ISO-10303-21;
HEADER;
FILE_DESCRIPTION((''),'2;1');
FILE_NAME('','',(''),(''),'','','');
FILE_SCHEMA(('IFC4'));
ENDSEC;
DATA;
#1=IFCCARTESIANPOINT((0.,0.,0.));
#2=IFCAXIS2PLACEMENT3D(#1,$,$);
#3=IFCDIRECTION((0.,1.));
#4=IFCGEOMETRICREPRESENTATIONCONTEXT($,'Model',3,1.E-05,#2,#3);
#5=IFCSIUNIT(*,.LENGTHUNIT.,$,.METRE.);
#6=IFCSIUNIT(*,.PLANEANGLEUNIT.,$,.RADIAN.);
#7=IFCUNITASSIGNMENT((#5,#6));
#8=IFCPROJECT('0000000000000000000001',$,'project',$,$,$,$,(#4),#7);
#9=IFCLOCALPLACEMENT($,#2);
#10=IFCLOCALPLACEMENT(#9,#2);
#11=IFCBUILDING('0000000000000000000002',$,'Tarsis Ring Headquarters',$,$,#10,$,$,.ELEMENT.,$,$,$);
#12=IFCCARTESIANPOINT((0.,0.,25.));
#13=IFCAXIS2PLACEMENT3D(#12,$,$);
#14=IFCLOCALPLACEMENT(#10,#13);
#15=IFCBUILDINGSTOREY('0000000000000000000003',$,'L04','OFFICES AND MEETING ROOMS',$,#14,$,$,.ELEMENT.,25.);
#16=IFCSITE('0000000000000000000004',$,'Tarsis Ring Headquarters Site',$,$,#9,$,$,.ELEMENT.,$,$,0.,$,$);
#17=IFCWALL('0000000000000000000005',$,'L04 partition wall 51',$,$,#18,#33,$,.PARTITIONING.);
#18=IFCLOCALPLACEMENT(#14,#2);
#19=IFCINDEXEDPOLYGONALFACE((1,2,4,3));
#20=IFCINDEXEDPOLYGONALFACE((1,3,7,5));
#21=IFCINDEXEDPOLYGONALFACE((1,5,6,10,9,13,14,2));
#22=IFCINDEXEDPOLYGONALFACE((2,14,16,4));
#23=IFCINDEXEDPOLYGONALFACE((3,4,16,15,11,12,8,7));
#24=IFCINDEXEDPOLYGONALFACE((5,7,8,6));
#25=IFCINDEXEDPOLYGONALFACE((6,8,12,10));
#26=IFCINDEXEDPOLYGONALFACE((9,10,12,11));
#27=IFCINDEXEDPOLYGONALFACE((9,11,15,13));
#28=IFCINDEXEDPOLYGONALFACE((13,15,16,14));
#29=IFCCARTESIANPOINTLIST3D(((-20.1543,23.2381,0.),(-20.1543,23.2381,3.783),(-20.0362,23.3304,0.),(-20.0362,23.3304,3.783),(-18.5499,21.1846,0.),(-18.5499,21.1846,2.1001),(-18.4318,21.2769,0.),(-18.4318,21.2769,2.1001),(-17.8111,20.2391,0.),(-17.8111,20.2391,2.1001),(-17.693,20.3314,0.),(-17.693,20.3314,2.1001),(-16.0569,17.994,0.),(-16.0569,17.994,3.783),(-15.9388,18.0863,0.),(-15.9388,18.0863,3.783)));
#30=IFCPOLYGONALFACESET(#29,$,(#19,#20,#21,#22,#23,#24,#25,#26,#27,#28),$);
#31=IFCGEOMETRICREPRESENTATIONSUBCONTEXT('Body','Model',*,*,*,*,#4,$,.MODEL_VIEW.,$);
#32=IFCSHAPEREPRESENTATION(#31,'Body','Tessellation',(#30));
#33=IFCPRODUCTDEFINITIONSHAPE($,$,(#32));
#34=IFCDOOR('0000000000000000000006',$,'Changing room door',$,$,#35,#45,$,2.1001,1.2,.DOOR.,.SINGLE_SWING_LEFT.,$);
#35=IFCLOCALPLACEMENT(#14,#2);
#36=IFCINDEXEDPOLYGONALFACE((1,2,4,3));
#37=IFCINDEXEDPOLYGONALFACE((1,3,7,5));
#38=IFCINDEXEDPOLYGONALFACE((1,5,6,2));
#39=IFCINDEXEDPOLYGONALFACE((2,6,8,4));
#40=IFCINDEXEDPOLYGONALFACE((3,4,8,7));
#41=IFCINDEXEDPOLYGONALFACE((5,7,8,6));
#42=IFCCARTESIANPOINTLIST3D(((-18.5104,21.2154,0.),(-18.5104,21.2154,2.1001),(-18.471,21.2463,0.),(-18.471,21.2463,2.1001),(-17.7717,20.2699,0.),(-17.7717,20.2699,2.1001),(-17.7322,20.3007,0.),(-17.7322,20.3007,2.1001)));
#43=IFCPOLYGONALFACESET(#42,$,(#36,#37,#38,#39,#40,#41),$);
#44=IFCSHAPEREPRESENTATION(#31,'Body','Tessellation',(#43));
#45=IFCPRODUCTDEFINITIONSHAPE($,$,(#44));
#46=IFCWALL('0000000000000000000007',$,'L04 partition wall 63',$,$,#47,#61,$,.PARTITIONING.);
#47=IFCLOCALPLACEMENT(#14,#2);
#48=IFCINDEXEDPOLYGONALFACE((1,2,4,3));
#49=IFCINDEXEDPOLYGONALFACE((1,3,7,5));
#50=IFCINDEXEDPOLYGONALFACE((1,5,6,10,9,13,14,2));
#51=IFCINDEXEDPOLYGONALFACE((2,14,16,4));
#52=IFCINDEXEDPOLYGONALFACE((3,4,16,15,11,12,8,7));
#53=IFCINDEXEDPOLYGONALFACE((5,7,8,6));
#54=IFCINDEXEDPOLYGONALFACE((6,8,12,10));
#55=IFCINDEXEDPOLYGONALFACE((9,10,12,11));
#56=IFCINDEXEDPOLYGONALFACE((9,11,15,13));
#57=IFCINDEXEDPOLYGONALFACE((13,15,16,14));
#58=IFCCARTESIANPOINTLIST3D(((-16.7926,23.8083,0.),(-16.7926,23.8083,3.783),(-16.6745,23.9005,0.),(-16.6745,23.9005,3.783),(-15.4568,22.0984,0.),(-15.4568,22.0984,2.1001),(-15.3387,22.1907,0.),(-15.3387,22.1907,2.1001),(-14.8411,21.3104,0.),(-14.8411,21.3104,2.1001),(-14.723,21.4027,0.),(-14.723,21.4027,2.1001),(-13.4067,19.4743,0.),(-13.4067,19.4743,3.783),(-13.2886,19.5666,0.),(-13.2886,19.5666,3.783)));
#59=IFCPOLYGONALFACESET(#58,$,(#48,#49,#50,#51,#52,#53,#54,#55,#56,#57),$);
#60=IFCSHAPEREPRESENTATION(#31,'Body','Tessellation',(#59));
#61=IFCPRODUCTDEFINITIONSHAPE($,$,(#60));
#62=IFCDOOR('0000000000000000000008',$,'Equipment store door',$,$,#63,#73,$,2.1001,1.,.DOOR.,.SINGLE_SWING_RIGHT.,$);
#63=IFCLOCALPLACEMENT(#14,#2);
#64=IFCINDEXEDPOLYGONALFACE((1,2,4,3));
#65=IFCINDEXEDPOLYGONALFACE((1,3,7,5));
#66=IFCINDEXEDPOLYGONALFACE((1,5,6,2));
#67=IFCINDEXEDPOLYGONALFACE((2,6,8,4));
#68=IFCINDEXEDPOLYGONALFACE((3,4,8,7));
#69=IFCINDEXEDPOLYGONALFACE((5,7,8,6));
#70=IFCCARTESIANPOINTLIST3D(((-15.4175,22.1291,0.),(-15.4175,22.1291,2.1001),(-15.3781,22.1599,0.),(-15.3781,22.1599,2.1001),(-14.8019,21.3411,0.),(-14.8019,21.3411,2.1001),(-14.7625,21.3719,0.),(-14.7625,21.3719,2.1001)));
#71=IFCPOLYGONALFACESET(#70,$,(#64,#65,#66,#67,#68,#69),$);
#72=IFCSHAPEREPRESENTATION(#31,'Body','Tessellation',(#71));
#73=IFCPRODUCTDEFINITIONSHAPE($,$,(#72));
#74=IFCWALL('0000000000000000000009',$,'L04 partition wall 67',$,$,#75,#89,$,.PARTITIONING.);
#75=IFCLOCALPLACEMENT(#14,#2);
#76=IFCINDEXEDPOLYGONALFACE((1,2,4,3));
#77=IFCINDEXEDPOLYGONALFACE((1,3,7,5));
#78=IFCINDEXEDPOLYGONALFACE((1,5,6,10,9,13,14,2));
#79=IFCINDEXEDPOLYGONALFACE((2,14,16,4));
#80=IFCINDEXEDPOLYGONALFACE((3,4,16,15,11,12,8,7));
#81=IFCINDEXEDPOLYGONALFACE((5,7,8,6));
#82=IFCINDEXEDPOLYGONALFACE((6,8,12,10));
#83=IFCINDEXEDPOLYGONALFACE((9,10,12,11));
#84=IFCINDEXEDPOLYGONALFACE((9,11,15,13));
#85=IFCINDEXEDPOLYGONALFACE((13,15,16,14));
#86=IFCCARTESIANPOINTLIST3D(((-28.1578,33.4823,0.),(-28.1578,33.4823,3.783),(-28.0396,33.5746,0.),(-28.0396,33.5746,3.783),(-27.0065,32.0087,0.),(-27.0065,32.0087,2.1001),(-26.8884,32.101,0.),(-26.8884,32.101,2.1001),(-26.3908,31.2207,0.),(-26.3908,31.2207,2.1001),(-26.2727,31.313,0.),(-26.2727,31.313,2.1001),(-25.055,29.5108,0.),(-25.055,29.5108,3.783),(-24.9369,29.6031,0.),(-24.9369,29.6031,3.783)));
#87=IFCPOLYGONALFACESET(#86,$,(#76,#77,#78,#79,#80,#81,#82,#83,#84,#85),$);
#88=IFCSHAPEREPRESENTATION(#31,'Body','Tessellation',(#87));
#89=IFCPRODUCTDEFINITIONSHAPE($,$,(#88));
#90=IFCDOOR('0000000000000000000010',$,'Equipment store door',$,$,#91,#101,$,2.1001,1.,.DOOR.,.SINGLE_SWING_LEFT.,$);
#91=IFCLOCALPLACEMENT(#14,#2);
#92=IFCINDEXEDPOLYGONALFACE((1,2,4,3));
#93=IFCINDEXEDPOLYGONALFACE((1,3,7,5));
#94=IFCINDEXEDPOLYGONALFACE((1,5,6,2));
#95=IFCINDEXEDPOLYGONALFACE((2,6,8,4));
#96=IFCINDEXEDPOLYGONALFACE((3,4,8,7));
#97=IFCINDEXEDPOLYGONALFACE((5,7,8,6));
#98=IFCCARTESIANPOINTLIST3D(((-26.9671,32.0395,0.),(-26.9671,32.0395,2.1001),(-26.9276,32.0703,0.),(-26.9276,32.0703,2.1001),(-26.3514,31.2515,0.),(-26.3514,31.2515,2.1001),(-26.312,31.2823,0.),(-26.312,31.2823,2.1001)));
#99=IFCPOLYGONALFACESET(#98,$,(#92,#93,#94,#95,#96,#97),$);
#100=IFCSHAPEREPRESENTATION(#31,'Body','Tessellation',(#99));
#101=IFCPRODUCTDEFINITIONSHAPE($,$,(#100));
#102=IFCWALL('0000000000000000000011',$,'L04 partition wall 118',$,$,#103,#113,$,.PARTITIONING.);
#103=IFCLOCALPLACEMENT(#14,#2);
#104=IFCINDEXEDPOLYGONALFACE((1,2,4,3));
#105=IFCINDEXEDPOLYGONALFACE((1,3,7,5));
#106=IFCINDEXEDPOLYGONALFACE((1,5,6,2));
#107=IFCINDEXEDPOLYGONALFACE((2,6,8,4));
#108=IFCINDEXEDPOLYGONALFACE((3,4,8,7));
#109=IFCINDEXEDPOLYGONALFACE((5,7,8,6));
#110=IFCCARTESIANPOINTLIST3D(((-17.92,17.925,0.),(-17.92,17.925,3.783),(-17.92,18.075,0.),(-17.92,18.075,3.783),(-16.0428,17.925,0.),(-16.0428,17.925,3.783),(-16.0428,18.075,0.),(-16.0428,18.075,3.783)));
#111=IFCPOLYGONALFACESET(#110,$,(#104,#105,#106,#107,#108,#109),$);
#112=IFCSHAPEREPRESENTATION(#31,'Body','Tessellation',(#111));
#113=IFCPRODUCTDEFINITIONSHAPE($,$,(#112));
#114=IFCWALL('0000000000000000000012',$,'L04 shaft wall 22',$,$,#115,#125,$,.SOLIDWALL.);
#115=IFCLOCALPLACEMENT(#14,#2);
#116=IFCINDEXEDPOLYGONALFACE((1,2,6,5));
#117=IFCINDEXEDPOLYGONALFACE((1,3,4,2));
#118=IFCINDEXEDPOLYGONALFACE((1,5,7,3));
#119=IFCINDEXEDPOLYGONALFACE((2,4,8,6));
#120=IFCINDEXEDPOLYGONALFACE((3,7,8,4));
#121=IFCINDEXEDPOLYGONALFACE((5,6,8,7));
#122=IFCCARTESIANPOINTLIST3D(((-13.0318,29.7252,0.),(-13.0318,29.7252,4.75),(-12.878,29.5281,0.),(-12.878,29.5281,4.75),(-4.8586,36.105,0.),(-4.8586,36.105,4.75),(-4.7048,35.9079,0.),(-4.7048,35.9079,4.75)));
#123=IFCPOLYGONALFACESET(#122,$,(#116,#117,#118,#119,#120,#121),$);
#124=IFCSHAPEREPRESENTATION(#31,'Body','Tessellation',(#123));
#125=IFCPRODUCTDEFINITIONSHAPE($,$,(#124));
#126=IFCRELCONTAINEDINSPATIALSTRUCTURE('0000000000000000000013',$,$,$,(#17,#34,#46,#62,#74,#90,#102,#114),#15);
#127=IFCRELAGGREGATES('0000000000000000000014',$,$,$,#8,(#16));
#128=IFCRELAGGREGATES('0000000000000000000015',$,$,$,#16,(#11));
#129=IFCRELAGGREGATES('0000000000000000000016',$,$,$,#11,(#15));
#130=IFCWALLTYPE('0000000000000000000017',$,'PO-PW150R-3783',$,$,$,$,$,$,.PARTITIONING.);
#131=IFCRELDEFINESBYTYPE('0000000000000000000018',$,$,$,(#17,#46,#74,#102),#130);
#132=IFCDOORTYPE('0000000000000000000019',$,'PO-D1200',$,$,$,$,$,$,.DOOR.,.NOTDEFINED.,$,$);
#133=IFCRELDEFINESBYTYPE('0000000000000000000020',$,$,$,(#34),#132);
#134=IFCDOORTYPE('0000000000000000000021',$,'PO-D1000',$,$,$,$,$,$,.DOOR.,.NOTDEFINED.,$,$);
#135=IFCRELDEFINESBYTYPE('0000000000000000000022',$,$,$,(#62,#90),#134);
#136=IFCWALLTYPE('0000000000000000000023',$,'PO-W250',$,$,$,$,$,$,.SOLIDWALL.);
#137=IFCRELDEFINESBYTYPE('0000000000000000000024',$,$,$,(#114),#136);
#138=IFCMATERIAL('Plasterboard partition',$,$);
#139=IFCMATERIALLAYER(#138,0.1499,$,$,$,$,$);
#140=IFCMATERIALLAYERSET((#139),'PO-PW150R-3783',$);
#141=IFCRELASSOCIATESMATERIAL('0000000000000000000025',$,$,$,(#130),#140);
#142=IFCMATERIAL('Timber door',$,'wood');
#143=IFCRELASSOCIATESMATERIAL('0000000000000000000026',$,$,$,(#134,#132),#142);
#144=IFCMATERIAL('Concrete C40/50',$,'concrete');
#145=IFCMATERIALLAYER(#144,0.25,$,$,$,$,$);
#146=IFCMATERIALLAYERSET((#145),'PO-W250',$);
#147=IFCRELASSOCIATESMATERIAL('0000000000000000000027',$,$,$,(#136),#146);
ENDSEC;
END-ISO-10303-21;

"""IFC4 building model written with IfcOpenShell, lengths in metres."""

from ifc_helpers import new_model, si_unit, direction, frame, frame_2d, origin, place, context, subcontext, project, spatial, rectangle, extrude, material, layer, layer_set, type_object, element, fill, save


model = new_model("IFC4")

# Units and contexts
model_context = context("Model", 3, precision=1e-05, world=origin(), true_north=direction((0.0, 1.0)))
body_context = subcontext(model_context, "Body", "Model", "MODEL_VIEW")
ifc_project = project(units=[si_unit("LENGTHUNIT", "METRE"), si_unit("PLANEANGLEUNIT", "RADIAN")], contexts=[model_context])

# Site, building, storey
site_placement = place(None, origin())
site = spatial("IfcSite", under=ifc_project, at=site_placement, Name="Tarsis Ring Headquarters Site", CompositionType="ELEMENT", RefElevation=0.0)
building_placement = place(site_placement, origin())
building = spatial("IfcBuilding", under=site, at=building_placement, Name="Tarsis Ring Headquarters", CompositionType="ELEMENT")
storey_placement = place(building_placement, frame((0.0, 0.0, 25.0)))
storey = spatial("IfcBuildingStorey", under=building, at=storey_placement, Name="L04", Description="OFFICES AND MEETING ROOMS", CompositionType="ELEMENT", Elevation=25.0)

# Shared definitions
ifc_material_1 = material(Name="Concrete C40/50", Category="concrete")

# Shared definitions
ifc_material_2 = material(Name="Plasterboard partition")

# Walls, openings, doors
ifc_layer_1 = layer(ifc_material_2, 0.1499)
ifc_layer_set_1 = layer_set([ifc_layer_1], Name="PO-PW150R-3783")
wall_type_1 = type_object("IfcWallType", Name="PO-PW150R-3783", PredefinedType="PARTITIONING", material=ifc_layer_set_1)
ifc_material_3 = material(Name="Timber door", Category="wood")
door_type_1 = type_object("IfcDoorType", Name="PO-D1000", OperationType="NOTDEFINED", PredefinedType="DOOR", material=ifc_material_3)
door_type_2 = type_object("IfcDoorType", Name="PO-D1200", OperationType="NOTDEFINED", PredefinedType="DOOR", material=ifc_material_3)
wall_1_placement = place(storey_placement, frame((-15.9978, 18.04, 0.0), z_axis=(0.0, 0.0, 1.0), x_axis=(-0.615684, 0.787993, 0.0)))
wall_1 = element("IfcWall", 1, at=wall_1_placement, inside=storey, type_object=wall_type_1, Name="L04 partition wall 51", PredefinedType="PARTITIONING", context=body_context, shape_type="SweptSolid", body=[
    extrude(rectangle(XDim=6.655, YDim=0.1499, at=frame_2d((3.3276, 0.0))), origin(), (0.0, 0.0, 1.0), 3.783),
])
opening_1_placement = place(wall_1_placement, frame((2.8491, 0.0, 0.0)))
opening_1 = element("IfcOpeningElement", 2, at=opening_1_placement, cuts=wall_1, PredefinedType="OPENING", context=body_context, shape_type="SweptSolid", body=[
    extrude(rectangle(XDim=1.2, YDim=2.1001, at=frame_2d((0.6001, 1.05))), frame((0.0, 0.085, 0.0), z_axis=(0.0, -1.0, 0.0), x_axis=(1.0, 0.0, 0.0)), (0.0, 0.0, 1.0), 0.1699),
])
door_1_placement = place(opening_1_placement, origin())
door_1 = element("IfcDoor", 3, at=door_1_placement, inside=storey, type_object=door_type_2, Name="Changing room door", OperationType="SINGLE_SWING_LEFT", OverallHeight=2.1001, OverallWidth=1.2, PredefinedType="DOOR", context=body_context, shape_type="SweptSolid", body=[
    extrude(rectangle(XDim=1.2, YDim=2.1001, at=frame_2d((0.6001, 1.05))), frame((0.0, 0.0249, 0.0), z_axis=(0.0, -1.0, 0.0), x_axis=(1.0, 0.0, 0.0)), (0.0, 0.0, 1.0), 0.05),
])
fill(opening_1, door_1)
wall_2_placement = place(storey_placement, frame((-16.7336, 23.8545, 0.0), z_axis=(0.0, 0.0, 1.0), x_axis=(0.615651, -0.788019, 0.0)))
wall_2 = element("IfcWall", 4, at=wall_2_placement, inside=storey, type_object=wall_type_1, Name="L04 partition wall 63", PredefinedType="PARTITIONING", context=body_context, shape_type="SweptSolid", body=[
    extrude(rectangle(XDim=5.4998, YDim=0.1499, at=frame_2d((2.75, 0.0))), origin(), (0.0, 0.0, 1.0), 3.783),
])
opening_2_placement = place(wall_2_placement, frame((2.1699, 0.0, 0.0)))
opening_2 = element("IfcOpeningElement", 5, at=opening_2_placement, cuts=wall_2, PredefinedType="OPENING", context=body_context, shape_type="SweptSolid", body=[
    extrude(rectangle(XDim=1.0, YDim=2.1001, at=frame_2d((0.5, 1.05))), frame((0.0, 0.085, 0.0), z_axis=(0.0, -1.0, 0.0), x_axis=(1.0, 0.0, 0.0)), (0.0, 0.0, 1.0), 0.1699),
])
door_2_placement = place(opening_2_placement, origin())
door_2 = element("IfcDoor", 6, at=door_2_placement, inside=storey, type_object=door_type_1, Name="Equipment store door", OperationType="SINGLE_SWING_RIGHT", OverallHeight=2.1001, OverallWidth=1.0, PredefinedType="DOOR", context=body_context, shape_type="SweptSolid", body=[
    extrude(rectangle(XDim=1.0, YDim=2.1001, at=frame_2d((0.5, 1.05))), frame((0.0, 0.0249, 0.0), z_axis=(0.0, -1.0, 0.0), x_axis=(1.0, 0.0, 0.0)), (0.0, 0.0, 1.0), 0.05),
])
fill(opening_2, door_2)
wall_3_placement = place(storey_placement, frame((-24.9958, 29.5569, 0.0), z_axis=(0.0, 0.0, 1.0), x_axis=(-0.615656, 0.788015, 0.0)))
wall_3 = element("IfcWall", 7, at=wall_3_placement, inside=storey, type_object=wall_type_1, Name="L04 partition wall 67", PredefinedType="PARTITIONING", context=body_context, shape_type="SweptSolid", body=[
    extrude(rectangle(XDim=5.0398, YDim=0.1499, at=frame_2d((2.52, 0.0))), origin(), (0.0, 0.0, 1.0), 3.783),
])
opening_3_placement = place(wall_3_placement, frame((2.1699, 0.0, 0.0)))
opening_3 = element("IfcOpeningElement", 8, at=opening_3_placement, cuts=wall_3, PredefinedType="OPENING", context=body_context, shape_type="SweptSolid", body=[
    extrude(rectangle(XDim=1.0, YDim=2.1001, at=frame_2d((0.5, 1.05))), frame((0.0, 0.085, 0.0), z_axis=(0.0, -1.0, 0.0), x_axis=(1.0, 0.0, 0.0)), (0.0, 0.0, 1.0), 0.1699),
])
door_3_placement = place(opening_3_placement, origin())
door_3 = element("IfcDoor", 9, at=door_3_placement, inside=storey, type_object=door_type_1, Name="Equipment store door", OperationType="SINGLE_SWING_LEFT", OverallHeight=2.1001, OverallWidth=1.0, PredefinedType="DOOR", context=body_context, shape_type="SweptSolid", body=[
    extrude(rectangle(XDim=1.0, YDim=2.1001, at=frame_2d((0.5, 1.05))), frame((0.0, 0.0249, 0.0), z_axis=(0.0, -1.0, 0.0), x_axis=(1.0, 0.0, 0.0)), (0.0, 0.0, 1.0), 0.05),
])
fill(opening_3, door_3)

# Walls
wall_4_placement = place(storey_placement, frame((-17.9199, 18.0, 0.0), z_axis=(0.0, 0.0, 1.0), x_axis=(1.0, 0.0, 0.0)))
element("IfcWall", 10, at=wall_4_placement, inside=storey, type_object=wall_type_1, Name="L04 partition wall 118", PredefinedType="PARTITIONING", context=body_context, shape_type="SweptSolid", body=[
    extrude(rectangle(XDim=1.8772, YDim=0.1499, at=frame_2d((0.9385, 0.0))), origin(), (0.0, 0.0, 1.0), 3.783),
])
ifc_layer_2 = layer(ifc_material_1, 0.25)
ifc_layer_set_2 = layer_set([ifc_layer_2], Name="PO-W250")
wall_type_2 = type_object("IfcWallType", Name="PO-W250", PredefinedType="SOLIDWALL", material=ifc_layer_set_2)
wall_5_placement = place(storey_placement, frame((-12.9548, 29.6267, 0.0), z_axis=(0.0, 0.0, 1.0), x_axis=(0.788283, 0.615312, 0.0)))
element("IfcWall", 11, at=wall_5_placement, inside=storey, type_object=wall_type_2, Name="L04 shaft wall 22", PredefinedType="SOLIDWALL", context=body_context, shape_type="SweptSolid", body=[
    extrude(rectangle(XDim=10.3684, YDim=0.25, at=frame_2d((5.1841, 0.0))), origin(), (0.0, 0.0, 1.0), 4.75),
])

save(model, "model.ifc")
